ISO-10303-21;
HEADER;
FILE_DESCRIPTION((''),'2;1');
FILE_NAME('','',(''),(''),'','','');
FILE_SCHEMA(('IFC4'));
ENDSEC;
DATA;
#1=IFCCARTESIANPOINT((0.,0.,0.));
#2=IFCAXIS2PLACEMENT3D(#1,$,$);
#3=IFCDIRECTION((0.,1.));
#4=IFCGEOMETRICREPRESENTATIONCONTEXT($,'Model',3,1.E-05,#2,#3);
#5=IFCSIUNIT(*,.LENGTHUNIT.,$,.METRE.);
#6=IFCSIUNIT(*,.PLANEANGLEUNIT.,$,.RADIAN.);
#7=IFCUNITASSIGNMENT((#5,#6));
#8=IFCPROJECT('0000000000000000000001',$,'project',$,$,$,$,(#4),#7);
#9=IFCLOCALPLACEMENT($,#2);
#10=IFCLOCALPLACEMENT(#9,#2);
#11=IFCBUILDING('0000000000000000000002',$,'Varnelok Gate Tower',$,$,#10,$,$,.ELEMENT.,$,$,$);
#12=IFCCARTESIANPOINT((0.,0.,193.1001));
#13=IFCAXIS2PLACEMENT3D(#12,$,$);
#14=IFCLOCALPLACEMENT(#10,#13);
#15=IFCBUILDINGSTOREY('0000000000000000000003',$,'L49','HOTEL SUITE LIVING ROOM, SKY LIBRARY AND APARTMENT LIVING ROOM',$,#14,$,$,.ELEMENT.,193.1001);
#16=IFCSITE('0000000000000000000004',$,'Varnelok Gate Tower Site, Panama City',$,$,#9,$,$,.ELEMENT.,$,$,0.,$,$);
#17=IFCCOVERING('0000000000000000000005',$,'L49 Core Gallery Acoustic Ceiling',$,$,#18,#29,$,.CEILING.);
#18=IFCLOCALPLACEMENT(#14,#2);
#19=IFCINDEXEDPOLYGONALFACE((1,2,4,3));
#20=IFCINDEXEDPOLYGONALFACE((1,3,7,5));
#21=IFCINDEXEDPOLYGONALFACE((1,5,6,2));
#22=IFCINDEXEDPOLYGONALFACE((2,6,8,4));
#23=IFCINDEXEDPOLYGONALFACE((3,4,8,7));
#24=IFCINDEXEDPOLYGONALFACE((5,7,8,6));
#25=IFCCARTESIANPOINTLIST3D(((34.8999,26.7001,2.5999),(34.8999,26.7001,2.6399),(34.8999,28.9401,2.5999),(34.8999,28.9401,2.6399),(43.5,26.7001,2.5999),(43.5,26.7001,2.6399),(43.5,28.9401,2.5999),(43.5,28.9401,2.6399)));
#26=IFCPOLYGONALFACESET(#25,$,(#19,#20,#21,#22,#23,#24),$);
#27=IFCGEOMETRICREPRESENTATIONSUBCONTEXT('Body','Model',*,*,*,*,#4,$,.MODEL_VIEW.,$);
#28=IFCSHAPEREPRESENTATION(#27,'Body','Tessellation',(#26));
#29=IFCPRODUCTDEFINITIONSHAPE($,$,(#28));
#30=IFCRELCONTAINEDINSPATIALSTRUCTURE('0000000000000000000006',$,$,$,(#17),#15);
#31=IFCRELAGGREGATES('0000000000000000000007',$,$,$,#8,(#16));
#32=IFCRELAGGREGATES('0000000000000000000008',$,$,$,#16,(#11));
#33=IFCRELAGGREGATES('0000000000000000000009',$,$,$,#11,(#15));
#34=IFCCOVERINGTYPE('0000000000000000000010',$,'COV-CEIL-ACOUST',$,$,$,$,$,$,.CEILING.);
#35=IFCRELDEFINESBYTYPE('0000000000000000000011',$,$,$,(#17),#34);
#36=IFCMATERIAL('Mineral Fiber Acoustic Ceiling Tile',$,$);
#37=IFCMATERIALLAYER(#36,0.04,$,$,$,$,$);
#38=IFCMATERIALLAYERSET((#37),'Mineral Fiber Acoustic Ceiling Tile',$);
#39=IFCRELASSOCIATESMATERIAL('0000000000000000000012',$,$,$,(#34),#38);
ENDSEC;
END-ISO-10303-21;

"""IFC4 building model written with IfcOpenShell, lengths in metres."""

from ifc_helpers import new_model, si_unit, direction, frame, origin, origin_2d, place, context, subcontext, project, spatial, rectangle, extrude, source, transform, mapped, material, layer, layer_set, type_object, element, save


model = new_model("IFC4")

# Units and contexts
model_context = context("Model", 3, precision=1e-05, world=origin(), true_north=direction((0.0, 1.0)))
body_context = subcontext(model_context, "Body", "Model", "MODEL_VIEW")
ifc_project = project(units=[si_unit("LENGTHUNIT", "METRE"), si_unit("PLANEANGLEUNIT", "RADIAN")], contexts=[model_context])

# Site, building, storey
site_placement = place(None, origin())
site = spatial("IfcSite", under=ifc_project, at=site_placement, Name="Varnelok Gate Tower Site, Panama City", CompositionType="ELEMENT", RefElevation=0.0)
building_placement = place(site_placement, origin())
building = spatial("IfcBuilding", under=site, at=building_placement, Name="Varnelok Gate Tower", CompositionType="ELEMENT")
storey_placement = place(building_placement, frame((0.0, 0.0, 193.1001)))
storey = spatial("IfcBuildingStorey", under=building, at=storey_placement, Name="L49", Description="HOTEL SUITE LIVING ROOM, SKY LIBRARY AND APARTMENT LIVING ROOM", CompositionType="ELEMENT", Elevation=193.1001)

# Covering
ifc_material_1 = material(Name="Mineral Fiber Acoustic Ceiling Tile")
ifc_layer_1 = layer(ifc_material_1, 0.04)
ifc_layer_set_1 = layer_set([ifc_layer_1], Name="Mineral Fiber Acoustic Ceiling Tile")
covering_type_1 = type_object("IfcCoveringType", Name="COV-CEIL-ACOUST", PredefinedType="CEILING", material=ifc_layer_set_1)
shared_shape_1 = source(origin(), body_context, "Body", "SweptSolid", [
    extrude(rectangle(XDim=8.6001, YDim=2.24, at=origin_2d()), origin(), (0.0, 0.0, 1.0), 0.04),
])
covering_1_placement = place(storey_placement, frame((39.2, 27.8201, 2.5999), z_axis=(0.0, 0.0, 1.0), x_axis=(1.0, 0.0, 0.0)))
element("IfcCovering", 1, at=covering_1_placement, inside=storey, type_object=covering_type_1, Name="L49 Core Gallery Acoustic Ceiling", PredefinedType="CEILING", context=body_context, shape_type="MappedRepresentation", body=[
    mapped(shared_shape_1, transform((0.0, 0.0, 0.0), scale=1.0)),
])

save(model, "model.ifc")
